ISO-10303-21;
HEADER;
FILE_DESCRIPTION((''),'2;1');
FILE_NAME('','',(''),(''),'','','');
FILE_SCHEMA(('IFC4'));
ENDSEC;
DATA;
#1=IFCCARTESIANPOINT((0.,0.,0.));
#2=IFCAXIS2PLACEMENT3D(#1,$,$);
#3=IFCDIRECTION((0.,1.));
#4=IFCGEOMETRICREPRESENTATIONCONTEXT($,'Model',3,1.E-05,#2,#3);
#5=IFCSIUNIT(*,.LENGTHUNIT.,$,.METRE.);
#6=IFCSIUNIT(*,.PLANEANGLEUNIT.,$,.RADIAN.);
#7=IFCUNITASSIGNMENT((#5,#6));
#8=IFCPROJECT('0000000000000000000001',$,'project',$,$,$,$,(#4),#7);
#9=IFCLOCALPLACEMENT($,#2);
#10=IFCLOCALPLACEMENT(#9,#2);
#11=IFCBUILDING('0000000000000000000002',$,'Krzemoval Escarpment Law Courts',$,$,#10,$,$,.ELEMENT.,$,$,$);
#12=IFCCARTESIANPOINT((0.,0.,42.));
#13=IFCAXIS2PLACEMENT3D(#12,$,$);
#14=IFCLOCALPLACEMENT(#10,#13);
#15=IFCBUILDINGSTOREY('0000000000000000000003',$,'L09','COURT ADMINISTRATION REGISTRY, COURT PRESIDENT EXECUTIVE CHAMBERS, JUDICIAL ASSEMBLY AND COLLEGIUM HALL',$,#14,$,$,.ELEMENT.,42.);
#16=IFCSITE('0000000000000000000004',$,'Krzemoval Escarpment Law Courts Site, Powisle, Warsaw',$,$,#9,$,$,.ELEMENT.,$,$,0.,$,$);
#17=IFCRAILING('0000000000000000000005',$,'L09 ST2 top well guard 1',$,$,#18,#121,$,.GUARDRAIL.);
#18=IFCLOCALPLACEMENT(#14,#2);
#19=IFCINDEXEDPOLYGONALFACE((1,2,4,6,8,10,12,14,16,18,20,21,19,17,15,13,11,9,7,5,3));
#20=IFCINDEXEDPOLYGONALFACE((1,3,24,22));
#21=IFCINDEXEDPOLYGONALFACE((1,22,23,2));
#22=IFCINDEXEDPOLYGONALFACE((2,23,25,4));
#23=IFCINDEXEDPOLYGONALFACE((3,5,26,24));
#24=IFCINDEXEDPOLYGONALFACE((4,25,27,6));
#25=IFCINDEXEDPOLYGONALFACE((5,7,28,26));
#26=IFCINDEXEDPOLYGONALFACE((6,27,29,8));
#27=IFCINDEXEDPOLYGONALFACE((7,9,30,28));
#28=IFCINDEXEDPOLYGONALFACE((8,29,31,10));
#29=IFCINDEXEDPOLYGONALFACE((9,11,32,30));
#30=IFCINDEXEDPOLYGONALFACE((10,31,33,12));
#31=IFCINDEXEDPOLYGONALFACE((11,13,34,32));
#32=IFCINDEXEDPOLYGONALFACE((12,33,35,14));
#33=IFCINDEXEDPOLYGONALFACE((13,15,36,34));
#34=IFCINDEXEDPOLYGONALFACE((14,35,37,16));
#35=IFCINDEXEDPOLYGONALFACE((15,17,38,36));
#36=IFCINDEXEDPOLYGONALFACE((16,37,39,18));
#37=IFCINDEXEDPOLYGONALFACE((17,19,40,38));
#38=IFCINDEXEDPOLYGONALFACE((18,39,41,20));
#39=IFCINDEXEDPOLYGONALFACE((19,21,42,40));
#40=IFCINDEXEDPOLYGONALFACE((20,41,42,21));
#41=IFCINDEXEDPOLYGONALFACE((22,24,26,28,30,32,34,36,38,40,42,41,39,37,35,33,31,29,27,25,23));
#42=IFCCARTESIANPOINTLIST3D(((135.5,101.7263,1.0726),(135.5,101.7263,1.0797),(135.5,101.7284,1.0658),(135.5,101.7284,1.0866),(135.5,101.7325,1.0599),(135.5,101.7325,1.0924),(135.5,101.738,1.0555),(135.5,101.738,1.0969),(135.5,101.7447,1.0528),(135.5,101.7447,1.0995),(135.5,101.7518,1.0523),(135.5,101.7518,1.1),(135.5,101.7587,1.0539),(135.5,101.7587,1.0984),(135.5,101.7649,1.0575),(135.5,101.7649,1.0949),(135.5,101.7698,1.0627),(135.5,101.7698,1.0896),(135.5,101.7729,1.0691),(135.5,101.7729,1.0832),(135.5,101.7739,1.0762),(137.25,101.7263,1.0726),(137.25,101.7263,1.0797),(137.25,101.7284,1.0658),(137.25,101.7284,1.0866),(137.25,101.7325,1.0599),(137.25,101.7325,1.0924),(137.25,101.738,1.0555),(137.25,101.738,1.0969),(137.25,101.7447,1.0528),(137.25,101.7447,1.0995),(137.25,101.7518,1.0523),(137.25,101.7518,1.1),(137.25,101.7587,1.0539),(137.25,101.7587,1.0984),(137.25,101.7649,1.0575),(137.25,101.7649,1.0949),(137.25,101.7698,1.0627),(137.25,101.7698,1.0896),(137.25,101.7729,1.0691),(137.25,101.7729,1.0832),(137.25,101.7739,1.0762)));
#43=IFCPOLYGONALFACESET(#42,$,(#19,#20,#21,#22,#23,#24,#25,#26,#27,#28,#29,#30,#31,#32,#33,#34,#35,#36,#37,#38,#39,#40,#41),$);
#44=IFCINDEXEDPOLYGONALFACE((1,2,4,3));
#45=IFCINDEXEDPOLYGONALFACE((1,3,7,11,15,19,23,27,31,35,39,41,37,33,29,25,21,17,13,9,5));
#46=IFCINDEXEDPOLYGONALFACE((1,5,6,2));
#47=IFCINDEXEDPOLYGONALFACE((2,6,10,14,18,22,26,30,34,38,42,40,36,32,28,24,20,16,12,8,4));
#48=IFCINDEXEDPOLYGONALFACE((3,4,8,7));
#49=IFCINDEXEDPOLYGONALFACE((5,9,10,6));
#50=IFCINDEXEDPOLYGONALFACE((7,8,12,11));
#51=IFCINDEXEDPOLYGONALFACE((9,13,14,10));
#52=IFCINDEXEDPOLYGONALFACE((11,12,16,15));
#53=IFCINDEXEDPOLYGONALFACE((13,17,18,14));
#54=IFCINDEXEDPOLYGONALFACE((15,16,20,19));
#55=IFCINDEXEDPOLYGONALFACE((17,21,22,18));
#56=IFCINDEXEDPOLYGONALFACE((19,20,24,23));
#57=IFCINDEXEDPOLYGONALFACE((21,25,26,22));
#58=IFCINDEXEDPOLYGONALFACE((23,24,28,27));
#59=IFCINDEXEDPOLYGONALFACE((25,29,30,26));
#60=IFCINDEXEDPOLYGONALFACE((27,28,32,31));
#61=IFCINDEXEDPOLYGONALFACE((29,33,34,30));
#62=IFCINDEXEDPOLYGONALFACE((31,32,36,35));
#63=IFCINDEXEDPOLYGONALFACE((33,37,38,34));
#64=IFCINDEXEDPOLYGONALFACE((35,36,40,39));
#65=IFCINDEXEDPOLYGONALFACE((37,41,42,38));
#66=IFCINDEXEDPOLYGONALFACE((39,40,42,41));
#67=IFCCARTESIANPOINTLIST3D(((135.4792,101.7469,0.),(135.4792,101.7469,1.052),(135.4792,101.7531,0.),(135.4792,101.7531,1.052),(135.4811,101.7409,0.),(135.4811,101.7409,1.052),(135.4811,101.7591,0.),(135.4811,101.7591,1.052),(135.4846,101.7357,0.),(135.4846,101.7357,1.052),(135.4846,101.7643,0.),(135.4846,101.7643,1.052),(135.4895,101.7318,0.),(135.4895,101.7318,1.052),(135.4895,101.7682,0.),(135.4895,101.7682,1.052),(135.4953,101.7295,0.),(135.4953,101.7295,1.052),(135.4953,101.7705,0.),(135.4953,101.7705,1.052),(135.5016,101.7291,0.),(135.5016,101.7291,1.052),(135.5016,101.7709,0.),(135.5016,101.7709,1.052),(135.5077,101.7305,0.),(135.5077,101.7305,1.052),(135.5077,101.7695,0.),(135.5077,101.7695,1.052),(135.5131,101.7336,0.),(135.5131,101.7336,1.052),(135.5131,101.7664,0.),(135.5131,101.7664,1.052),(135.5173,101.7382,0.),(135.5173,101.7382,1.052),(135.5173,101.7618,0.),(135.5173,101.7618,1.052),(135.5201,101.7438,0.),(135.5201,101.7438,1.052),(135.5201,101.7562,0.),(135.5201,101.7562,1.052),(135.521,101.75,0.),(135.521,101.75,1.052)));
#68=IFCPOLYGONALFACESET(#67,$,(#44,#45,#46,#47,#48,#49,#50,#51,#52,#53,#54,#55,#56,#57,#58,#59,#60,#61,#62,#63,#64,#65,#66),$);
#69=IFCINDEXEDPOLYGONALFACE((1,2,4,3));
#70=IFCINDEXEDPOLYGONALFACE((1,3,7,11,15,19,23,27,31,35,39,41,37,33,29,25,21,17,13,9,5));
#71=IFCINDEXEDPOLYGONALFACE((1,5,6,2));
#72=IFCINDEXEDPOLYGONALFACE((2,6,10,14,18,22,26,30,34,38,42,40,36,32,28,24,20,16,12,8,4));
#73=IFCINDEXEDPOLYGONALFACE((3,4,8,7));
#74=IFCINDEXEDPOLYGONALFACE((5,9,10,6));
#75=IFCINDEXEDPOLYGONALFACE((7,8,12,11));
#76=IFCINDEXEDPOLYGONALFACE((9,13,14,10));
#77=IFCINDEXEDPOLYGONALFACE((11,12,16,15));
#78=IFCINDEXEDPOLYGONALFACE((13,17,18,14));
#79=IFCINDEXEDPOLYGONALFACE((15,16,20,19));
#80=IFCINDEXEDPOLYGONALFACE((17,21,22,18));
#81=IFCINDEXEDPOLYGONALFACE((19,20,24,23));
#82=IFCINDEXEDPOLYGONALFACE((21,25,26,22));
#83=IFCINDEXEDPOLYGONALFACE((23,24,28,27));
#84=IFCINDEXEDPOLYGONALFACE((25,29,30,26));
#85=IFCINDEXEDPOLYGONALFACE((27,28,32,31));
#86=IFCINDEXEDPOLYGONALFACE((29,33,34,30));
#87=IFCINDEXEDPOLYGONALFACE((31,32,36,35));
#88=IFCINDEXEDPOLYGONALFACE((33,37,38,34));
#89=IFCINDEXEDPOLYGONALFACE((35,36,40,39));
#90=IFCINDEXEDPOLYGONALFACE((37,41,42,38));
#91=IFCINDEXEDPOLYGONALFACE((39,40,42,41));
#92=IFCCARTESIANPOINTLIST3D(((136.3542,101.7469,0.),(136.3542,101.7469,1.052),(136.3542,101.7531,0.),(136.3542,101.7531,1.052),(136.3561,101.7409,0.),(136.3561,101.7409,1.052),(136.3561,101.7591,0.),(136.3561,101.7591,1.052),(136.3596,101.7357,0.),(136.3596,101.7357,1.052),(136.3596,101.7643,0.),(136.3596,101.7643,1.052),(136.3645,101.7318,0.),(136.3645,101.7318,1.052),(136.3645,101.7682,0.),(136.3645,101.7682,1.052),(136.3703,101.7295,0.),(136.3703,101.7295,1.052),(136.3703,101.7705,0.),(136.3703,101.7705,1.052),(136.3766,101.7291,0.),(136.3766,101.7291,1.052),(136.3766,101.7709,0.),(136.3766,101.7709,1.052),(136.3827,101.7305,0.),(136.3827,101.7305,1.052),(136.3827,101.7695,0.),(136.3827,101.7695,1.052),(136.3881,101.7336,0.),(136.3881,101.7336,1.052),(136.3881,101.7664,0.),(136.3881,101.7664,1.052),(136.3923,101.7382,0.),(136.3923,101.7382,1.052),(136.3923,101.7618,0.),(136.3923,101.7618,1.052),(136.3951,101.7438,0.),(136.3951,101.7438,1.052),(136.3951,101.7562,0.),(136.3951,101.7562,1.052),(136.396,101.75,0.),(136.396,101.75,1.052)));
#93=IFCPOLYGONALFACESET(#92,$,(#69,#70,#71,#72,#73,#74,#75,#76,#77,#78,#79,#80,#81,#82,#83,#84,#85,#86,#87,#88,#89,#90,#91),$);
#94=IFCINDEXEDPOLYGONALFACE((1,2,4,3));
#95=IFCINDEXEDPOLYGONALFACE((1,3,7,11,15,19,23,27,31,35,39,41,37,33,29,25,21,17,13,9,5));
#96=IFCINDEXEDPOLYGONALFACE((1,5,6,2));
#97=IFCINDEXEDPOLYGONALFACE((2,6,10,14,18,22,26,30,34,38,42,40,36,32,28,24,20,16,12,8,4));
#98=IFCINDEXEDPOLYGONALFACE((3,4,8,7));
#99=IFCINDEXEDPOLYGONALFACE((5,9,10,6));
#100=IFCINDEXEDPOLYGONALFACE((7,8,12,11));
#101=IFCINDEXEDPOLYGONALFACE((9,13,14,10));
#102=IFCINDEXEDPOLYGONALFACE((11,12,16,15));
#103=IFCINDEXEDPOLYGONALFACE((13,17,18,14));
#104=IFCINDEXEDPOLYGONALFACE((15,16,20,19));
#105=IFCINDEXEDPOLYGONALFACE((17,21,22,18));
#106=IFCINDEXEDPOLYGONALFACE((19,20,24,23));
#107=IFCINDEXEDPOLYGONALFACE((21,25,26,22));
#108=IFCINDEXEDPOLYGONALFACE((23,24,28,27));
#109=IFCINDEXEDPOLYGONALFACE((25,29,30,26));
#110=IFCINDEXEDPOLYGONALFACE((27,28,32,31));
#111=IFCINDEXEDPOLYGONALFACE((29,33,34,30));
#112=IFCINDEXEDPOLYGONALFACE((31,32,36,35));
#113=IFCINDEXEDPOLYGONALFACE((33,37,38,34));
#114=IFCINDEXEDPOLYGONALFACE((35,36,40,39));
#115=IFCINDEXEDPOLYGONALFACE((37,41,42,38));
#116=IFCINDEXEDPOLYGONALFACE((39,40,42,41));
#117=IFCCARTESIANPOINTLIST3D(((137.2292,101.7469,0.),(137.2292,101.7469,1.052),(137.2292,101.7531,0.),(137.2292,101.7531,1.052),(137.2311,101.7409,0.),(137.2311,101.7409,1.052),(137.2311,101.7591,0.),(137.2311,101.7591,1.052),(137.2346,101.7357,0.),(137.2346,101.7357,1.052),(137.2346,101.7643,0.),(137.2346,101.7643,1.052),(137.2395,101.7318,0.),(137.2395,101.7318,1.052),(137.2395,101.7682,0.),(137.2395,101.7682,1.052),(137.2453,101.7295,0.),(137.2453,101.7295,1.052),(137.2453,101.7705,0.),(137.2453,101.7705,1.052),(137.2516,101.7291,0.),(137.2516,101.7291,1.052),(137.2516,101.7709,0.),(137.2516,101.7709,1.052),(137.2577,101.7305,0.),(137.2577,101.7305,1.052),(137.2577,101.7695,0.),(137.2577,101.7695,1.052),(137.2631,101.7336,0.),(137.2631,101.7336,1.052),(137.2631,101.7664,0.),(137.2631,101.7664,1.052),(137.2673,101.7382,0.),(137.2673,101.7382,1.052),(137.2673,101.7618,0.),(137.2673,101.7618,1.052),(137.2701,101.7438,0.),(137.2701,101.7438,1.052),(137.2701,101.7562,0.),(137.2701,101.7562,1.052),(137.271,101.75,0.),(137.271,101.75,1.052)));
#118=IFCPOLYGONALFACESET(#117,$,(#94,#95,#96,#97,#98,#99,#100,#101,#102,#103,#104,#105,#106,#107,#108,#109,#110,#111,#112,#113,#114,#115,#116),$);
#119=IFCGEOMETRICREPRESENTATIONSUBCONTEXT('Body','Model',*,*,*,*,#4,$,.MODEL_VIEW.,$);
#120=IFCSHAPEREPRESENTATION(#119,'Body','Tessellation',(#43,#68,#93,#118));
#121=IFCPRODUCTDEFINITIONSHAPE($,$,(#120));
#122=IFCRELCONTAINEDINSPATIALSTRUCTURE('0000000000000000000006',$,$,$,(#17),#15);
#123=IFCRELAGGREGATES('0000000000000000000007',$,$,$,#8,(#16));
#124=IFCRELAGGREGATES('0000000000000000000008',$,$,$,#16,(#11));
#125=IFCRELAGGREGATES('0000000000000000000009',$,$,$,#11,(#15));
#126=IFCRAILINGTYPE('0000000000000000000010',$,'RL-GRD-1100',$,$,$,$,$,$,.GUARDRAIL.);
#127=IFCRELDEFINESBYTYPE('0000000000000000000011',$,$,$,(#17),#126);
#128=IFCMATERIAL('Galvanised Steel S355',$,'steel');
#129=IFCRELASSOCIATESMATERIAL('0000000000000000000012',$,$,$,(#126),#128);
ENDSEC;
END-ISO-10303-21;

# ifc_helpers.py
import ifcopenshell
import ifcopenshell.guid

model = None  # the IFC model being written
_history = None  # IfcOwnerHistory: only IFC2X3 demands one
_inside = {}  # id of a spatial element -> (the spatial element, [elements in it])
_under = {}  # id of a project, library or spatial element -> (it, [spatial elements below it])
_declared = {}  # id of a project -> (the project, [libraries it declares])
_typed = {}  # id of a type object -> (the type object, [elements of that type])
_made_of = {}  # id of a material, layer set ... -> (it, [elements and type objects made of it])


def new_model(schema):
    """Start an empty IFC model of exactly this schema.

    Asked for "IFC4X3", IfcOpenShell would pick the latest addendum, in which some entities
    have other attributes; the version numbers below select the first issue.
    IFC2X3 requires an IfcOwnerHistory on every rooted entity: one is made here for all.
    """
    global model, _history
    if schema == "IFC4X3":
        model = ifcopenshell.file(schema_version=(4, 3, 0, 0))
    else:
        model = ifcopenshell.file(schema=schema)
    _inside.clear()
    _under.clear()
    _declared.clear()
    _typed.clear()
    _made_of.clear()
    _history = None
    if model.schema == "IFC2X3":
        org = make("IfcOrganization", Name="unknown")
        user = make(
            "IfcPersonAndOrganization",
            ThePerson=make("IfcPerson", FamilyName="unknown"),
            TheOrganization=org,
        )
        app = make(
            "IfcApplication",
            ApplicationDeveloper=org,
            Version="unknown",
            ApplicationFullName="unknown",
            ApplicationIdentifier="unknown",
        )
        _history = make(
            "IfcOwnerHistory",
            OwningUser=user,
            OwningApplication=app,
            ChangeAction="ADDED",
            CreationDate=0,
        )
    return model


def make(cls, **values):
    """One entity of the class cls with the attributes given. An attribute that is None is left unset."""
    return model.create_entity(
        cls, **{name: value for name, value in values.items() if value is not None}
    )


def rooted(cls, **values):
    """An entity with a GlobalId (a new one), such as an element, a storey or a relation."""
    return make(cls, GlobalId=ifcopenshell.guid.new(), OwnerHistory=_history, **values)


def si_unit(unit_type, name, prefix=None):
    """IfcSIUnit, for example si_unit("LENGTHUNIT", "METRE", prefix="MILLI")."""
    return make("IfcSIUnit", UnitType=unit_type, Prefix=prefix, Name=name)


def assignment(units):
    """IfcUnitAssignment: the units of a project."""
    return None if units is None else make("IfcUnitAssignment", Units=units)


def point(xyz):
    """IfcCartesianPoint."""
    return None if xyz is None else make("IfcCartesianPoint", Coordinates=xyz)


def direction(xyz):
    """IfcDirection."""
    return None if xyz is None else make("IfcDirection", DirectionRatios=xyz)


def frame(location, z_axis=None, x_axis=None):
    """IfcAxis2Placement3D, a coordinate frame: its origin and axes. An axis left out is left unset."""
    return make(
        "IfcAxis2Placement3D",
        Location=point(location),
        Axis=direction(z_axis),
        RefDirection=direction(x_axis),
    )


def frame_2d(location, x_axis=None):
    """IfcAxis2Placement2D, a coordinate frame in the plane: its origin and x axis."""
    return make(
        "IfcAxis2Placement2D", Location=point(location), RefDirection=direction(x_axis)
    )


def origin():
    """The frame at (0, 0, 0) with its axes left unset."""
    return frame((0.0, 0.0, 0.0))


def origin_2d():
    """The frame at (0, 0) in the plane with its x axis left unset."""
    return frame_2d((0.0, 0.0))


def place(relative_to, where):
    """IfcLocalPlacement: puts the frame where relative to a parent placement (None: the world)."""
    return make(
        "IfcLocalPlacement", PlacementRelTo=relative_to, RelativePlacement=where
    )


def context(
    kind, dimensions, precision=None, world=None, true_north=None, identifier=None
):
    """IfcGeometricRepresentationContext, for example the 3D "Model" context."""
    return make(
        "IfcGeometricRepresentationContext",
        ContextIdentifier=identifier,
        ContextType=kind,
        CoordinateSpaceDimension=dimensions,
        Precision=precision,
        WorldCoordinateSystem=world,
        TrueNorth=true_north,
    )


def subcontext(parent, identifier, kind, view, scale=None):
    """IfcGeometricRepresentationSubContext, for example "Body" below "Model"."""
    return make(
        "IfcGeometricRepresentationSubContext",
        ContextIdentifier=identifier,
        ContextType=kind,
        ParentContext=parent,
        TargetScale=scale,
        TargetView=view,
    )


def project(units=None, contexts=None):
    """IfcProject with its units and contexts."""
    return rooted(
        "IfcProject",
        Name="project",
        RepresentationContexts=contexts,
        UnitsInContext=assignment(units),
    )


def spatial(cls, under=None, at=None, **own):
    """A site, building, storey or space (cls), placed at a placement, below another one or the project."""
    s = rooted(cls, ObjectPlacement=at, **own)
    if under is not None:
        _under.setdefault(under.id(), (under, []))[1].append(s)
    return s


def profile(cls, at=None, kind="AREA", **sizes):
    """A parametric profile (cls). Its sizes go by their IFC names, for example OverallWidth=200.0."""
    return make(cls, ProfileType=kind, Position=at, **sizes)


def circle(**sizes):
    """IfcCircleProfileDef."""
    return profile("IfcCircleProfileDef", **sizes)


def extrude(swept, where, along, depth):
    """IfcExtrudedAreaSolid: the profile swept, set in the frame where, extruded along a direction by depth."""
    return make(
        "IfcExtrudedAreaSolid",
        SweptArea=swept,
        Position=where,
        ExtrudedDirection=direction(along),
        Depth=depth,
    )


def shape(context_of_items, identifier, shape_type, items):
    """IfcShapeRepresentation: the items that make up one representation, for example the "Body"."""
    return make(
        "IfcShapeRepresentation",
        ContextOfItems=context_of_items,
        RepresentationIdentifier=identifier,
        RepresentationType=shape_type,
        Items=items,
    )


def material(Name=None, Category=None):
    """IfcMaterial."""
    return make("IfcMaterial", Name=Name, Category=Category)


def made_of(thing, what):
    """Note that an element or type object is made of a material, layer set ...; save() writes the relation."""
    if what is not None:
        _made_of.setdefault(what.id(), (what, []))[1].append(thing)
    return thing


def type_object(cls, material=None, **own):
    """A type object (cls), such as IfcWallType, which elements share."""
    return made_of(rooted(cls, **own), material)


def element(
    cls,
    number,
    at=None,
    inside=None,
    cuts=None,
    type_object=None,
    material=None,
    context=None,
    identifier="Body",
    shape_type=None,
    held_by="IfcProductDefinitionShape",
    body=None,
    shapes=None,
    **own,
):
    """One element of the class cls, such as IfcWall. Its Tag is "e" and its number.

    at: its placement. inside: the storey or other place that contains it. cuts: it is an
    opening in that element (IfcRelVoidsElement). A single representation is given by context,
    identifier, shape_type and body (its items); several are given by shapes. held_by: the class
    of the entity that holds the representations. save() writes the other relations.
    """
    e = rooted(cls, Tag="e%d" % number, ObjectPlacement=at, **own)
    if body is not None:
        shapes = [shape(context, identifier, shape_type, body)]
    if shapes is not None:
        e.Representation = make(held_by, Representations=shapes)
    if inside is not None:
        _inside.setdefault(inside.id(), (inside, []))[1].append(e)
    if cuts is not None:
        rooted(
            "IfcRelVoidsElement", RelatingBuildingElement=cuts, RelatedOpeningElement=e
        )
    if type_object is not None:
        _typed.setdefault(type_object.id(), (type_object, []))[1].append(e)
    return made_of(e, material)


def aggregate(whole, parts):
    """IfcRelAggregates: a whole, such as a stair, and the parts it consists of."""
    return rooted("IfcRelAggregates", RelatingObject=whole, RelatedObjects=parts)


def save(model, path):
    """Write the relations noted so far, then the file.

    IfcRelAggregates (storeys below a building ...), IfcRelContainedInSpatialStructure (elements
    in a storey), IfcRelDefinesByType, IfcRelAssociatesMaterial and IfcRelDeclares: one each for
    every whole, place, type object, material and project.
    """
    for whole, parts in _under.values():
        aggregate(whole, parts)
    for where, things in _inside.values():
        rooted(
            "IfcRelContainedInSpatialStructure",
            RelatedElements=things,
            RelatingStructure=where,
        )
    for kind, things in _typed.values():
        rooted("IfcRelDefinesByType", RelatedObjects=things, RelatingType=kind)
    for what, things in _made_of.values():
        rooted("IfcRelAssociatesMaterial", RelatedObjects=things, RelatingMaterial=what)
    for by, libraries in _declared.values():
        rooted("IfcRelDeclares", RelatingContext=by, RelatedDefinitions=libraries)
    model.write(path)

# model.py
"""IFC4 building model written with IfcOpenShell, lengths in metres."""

from ifc_helpers import new_model, si_unit, direction, frame, origin, origin_2d, place, context, subcontext, project, spatial, circle, extrude, material, type_object, element, save


model = new_model("IFC4")

# Units and contexts
model_context = context("Model", 3, precision=1e-05, world=origin(), true_north=direction((0.0, 1.0)))
body_context = subcontext(model_context, "Body", "Model", "MODEL_VIEW")
ifc_project = project(units=[si_unit("LENGTHUNIT", "METRE"), si_unit("PLANEANGLEUNIT", "RADIAN")], contexts=[model_context])

# Site, building, storey
site_placement = place(None, origin())
site = spatial("IfcSite", under=ifc_project, at=site_placement, Name="Krzemoval Escarpment Law Courts Site, Powisle, Warsaw", CompositionType="ELEMENT", RefElevation=0.0)
building_placement = place(site_placement, origin())
building = spatial("IfcBuilding", under=site, at=building_placement, Name="Krzemoval Escarpment Law Courts", CompositionType="ELEMENT")
storey_placement = place(building_placement, frame((0.0, 0.0, 42.0)))
storey = spatial("IfcBuildingStorey", under=building, at=storey_placement, Name="L09", Description="COURT ADMINISTRATION REGISTRY, COURT PRESIDENT EXECUTIVE CHAMBERS, JUDICIAL ASSEMBLY AND COLLEGIUM HALL", CompositionType="ELEMENT", Elevation=42.0)

# Railing
ifc_material_1 = material(Name="Galvanised Steel S355", Category="steel")
railing_type = type_object("IfcRailingType", Name="RL-GRD-1100", PredefinedType="GUARDRAIL", material=ifc_material_1)
railing_placement = place(storey_placement, frame((135.5, 101.75, 0.0)))
element("IfcRailing", 1, at=railing_placement, inside=storey, type_object=railing_type, Name="L09 ST2 top well guard 1", PredefinedType="GUARDRAIL", context=body_context, shape_type="SweptSolid", body=[
    extrude(circle(Radius=0.0239, at=origin_2d()), frame((0.0, 0.0, 1.0762), z_axis=(1.0, 0.0, 0.0), x_axis=(0.0, 1.0, 0.0)), (0.0, 0.0, 1.0), 1.75),
    extrude(circle(Radius=0.021, at=origin_2d()), origin(), (0.0, 0.0, 1.0), 1.052),
    extrude(circle(Radius=0.021, at=origin_2d()), frame((0.875, 0.0, 0.0)), (0.0, 0.0, 1.0), 1.052),
    extrude(circle(Radius=0.021, at=origin_2d()), frame((1.75, 0.0, 0.0)), (0.0, 0.0, 1.0), 1.052),
])

save(model, "model.ifc")
